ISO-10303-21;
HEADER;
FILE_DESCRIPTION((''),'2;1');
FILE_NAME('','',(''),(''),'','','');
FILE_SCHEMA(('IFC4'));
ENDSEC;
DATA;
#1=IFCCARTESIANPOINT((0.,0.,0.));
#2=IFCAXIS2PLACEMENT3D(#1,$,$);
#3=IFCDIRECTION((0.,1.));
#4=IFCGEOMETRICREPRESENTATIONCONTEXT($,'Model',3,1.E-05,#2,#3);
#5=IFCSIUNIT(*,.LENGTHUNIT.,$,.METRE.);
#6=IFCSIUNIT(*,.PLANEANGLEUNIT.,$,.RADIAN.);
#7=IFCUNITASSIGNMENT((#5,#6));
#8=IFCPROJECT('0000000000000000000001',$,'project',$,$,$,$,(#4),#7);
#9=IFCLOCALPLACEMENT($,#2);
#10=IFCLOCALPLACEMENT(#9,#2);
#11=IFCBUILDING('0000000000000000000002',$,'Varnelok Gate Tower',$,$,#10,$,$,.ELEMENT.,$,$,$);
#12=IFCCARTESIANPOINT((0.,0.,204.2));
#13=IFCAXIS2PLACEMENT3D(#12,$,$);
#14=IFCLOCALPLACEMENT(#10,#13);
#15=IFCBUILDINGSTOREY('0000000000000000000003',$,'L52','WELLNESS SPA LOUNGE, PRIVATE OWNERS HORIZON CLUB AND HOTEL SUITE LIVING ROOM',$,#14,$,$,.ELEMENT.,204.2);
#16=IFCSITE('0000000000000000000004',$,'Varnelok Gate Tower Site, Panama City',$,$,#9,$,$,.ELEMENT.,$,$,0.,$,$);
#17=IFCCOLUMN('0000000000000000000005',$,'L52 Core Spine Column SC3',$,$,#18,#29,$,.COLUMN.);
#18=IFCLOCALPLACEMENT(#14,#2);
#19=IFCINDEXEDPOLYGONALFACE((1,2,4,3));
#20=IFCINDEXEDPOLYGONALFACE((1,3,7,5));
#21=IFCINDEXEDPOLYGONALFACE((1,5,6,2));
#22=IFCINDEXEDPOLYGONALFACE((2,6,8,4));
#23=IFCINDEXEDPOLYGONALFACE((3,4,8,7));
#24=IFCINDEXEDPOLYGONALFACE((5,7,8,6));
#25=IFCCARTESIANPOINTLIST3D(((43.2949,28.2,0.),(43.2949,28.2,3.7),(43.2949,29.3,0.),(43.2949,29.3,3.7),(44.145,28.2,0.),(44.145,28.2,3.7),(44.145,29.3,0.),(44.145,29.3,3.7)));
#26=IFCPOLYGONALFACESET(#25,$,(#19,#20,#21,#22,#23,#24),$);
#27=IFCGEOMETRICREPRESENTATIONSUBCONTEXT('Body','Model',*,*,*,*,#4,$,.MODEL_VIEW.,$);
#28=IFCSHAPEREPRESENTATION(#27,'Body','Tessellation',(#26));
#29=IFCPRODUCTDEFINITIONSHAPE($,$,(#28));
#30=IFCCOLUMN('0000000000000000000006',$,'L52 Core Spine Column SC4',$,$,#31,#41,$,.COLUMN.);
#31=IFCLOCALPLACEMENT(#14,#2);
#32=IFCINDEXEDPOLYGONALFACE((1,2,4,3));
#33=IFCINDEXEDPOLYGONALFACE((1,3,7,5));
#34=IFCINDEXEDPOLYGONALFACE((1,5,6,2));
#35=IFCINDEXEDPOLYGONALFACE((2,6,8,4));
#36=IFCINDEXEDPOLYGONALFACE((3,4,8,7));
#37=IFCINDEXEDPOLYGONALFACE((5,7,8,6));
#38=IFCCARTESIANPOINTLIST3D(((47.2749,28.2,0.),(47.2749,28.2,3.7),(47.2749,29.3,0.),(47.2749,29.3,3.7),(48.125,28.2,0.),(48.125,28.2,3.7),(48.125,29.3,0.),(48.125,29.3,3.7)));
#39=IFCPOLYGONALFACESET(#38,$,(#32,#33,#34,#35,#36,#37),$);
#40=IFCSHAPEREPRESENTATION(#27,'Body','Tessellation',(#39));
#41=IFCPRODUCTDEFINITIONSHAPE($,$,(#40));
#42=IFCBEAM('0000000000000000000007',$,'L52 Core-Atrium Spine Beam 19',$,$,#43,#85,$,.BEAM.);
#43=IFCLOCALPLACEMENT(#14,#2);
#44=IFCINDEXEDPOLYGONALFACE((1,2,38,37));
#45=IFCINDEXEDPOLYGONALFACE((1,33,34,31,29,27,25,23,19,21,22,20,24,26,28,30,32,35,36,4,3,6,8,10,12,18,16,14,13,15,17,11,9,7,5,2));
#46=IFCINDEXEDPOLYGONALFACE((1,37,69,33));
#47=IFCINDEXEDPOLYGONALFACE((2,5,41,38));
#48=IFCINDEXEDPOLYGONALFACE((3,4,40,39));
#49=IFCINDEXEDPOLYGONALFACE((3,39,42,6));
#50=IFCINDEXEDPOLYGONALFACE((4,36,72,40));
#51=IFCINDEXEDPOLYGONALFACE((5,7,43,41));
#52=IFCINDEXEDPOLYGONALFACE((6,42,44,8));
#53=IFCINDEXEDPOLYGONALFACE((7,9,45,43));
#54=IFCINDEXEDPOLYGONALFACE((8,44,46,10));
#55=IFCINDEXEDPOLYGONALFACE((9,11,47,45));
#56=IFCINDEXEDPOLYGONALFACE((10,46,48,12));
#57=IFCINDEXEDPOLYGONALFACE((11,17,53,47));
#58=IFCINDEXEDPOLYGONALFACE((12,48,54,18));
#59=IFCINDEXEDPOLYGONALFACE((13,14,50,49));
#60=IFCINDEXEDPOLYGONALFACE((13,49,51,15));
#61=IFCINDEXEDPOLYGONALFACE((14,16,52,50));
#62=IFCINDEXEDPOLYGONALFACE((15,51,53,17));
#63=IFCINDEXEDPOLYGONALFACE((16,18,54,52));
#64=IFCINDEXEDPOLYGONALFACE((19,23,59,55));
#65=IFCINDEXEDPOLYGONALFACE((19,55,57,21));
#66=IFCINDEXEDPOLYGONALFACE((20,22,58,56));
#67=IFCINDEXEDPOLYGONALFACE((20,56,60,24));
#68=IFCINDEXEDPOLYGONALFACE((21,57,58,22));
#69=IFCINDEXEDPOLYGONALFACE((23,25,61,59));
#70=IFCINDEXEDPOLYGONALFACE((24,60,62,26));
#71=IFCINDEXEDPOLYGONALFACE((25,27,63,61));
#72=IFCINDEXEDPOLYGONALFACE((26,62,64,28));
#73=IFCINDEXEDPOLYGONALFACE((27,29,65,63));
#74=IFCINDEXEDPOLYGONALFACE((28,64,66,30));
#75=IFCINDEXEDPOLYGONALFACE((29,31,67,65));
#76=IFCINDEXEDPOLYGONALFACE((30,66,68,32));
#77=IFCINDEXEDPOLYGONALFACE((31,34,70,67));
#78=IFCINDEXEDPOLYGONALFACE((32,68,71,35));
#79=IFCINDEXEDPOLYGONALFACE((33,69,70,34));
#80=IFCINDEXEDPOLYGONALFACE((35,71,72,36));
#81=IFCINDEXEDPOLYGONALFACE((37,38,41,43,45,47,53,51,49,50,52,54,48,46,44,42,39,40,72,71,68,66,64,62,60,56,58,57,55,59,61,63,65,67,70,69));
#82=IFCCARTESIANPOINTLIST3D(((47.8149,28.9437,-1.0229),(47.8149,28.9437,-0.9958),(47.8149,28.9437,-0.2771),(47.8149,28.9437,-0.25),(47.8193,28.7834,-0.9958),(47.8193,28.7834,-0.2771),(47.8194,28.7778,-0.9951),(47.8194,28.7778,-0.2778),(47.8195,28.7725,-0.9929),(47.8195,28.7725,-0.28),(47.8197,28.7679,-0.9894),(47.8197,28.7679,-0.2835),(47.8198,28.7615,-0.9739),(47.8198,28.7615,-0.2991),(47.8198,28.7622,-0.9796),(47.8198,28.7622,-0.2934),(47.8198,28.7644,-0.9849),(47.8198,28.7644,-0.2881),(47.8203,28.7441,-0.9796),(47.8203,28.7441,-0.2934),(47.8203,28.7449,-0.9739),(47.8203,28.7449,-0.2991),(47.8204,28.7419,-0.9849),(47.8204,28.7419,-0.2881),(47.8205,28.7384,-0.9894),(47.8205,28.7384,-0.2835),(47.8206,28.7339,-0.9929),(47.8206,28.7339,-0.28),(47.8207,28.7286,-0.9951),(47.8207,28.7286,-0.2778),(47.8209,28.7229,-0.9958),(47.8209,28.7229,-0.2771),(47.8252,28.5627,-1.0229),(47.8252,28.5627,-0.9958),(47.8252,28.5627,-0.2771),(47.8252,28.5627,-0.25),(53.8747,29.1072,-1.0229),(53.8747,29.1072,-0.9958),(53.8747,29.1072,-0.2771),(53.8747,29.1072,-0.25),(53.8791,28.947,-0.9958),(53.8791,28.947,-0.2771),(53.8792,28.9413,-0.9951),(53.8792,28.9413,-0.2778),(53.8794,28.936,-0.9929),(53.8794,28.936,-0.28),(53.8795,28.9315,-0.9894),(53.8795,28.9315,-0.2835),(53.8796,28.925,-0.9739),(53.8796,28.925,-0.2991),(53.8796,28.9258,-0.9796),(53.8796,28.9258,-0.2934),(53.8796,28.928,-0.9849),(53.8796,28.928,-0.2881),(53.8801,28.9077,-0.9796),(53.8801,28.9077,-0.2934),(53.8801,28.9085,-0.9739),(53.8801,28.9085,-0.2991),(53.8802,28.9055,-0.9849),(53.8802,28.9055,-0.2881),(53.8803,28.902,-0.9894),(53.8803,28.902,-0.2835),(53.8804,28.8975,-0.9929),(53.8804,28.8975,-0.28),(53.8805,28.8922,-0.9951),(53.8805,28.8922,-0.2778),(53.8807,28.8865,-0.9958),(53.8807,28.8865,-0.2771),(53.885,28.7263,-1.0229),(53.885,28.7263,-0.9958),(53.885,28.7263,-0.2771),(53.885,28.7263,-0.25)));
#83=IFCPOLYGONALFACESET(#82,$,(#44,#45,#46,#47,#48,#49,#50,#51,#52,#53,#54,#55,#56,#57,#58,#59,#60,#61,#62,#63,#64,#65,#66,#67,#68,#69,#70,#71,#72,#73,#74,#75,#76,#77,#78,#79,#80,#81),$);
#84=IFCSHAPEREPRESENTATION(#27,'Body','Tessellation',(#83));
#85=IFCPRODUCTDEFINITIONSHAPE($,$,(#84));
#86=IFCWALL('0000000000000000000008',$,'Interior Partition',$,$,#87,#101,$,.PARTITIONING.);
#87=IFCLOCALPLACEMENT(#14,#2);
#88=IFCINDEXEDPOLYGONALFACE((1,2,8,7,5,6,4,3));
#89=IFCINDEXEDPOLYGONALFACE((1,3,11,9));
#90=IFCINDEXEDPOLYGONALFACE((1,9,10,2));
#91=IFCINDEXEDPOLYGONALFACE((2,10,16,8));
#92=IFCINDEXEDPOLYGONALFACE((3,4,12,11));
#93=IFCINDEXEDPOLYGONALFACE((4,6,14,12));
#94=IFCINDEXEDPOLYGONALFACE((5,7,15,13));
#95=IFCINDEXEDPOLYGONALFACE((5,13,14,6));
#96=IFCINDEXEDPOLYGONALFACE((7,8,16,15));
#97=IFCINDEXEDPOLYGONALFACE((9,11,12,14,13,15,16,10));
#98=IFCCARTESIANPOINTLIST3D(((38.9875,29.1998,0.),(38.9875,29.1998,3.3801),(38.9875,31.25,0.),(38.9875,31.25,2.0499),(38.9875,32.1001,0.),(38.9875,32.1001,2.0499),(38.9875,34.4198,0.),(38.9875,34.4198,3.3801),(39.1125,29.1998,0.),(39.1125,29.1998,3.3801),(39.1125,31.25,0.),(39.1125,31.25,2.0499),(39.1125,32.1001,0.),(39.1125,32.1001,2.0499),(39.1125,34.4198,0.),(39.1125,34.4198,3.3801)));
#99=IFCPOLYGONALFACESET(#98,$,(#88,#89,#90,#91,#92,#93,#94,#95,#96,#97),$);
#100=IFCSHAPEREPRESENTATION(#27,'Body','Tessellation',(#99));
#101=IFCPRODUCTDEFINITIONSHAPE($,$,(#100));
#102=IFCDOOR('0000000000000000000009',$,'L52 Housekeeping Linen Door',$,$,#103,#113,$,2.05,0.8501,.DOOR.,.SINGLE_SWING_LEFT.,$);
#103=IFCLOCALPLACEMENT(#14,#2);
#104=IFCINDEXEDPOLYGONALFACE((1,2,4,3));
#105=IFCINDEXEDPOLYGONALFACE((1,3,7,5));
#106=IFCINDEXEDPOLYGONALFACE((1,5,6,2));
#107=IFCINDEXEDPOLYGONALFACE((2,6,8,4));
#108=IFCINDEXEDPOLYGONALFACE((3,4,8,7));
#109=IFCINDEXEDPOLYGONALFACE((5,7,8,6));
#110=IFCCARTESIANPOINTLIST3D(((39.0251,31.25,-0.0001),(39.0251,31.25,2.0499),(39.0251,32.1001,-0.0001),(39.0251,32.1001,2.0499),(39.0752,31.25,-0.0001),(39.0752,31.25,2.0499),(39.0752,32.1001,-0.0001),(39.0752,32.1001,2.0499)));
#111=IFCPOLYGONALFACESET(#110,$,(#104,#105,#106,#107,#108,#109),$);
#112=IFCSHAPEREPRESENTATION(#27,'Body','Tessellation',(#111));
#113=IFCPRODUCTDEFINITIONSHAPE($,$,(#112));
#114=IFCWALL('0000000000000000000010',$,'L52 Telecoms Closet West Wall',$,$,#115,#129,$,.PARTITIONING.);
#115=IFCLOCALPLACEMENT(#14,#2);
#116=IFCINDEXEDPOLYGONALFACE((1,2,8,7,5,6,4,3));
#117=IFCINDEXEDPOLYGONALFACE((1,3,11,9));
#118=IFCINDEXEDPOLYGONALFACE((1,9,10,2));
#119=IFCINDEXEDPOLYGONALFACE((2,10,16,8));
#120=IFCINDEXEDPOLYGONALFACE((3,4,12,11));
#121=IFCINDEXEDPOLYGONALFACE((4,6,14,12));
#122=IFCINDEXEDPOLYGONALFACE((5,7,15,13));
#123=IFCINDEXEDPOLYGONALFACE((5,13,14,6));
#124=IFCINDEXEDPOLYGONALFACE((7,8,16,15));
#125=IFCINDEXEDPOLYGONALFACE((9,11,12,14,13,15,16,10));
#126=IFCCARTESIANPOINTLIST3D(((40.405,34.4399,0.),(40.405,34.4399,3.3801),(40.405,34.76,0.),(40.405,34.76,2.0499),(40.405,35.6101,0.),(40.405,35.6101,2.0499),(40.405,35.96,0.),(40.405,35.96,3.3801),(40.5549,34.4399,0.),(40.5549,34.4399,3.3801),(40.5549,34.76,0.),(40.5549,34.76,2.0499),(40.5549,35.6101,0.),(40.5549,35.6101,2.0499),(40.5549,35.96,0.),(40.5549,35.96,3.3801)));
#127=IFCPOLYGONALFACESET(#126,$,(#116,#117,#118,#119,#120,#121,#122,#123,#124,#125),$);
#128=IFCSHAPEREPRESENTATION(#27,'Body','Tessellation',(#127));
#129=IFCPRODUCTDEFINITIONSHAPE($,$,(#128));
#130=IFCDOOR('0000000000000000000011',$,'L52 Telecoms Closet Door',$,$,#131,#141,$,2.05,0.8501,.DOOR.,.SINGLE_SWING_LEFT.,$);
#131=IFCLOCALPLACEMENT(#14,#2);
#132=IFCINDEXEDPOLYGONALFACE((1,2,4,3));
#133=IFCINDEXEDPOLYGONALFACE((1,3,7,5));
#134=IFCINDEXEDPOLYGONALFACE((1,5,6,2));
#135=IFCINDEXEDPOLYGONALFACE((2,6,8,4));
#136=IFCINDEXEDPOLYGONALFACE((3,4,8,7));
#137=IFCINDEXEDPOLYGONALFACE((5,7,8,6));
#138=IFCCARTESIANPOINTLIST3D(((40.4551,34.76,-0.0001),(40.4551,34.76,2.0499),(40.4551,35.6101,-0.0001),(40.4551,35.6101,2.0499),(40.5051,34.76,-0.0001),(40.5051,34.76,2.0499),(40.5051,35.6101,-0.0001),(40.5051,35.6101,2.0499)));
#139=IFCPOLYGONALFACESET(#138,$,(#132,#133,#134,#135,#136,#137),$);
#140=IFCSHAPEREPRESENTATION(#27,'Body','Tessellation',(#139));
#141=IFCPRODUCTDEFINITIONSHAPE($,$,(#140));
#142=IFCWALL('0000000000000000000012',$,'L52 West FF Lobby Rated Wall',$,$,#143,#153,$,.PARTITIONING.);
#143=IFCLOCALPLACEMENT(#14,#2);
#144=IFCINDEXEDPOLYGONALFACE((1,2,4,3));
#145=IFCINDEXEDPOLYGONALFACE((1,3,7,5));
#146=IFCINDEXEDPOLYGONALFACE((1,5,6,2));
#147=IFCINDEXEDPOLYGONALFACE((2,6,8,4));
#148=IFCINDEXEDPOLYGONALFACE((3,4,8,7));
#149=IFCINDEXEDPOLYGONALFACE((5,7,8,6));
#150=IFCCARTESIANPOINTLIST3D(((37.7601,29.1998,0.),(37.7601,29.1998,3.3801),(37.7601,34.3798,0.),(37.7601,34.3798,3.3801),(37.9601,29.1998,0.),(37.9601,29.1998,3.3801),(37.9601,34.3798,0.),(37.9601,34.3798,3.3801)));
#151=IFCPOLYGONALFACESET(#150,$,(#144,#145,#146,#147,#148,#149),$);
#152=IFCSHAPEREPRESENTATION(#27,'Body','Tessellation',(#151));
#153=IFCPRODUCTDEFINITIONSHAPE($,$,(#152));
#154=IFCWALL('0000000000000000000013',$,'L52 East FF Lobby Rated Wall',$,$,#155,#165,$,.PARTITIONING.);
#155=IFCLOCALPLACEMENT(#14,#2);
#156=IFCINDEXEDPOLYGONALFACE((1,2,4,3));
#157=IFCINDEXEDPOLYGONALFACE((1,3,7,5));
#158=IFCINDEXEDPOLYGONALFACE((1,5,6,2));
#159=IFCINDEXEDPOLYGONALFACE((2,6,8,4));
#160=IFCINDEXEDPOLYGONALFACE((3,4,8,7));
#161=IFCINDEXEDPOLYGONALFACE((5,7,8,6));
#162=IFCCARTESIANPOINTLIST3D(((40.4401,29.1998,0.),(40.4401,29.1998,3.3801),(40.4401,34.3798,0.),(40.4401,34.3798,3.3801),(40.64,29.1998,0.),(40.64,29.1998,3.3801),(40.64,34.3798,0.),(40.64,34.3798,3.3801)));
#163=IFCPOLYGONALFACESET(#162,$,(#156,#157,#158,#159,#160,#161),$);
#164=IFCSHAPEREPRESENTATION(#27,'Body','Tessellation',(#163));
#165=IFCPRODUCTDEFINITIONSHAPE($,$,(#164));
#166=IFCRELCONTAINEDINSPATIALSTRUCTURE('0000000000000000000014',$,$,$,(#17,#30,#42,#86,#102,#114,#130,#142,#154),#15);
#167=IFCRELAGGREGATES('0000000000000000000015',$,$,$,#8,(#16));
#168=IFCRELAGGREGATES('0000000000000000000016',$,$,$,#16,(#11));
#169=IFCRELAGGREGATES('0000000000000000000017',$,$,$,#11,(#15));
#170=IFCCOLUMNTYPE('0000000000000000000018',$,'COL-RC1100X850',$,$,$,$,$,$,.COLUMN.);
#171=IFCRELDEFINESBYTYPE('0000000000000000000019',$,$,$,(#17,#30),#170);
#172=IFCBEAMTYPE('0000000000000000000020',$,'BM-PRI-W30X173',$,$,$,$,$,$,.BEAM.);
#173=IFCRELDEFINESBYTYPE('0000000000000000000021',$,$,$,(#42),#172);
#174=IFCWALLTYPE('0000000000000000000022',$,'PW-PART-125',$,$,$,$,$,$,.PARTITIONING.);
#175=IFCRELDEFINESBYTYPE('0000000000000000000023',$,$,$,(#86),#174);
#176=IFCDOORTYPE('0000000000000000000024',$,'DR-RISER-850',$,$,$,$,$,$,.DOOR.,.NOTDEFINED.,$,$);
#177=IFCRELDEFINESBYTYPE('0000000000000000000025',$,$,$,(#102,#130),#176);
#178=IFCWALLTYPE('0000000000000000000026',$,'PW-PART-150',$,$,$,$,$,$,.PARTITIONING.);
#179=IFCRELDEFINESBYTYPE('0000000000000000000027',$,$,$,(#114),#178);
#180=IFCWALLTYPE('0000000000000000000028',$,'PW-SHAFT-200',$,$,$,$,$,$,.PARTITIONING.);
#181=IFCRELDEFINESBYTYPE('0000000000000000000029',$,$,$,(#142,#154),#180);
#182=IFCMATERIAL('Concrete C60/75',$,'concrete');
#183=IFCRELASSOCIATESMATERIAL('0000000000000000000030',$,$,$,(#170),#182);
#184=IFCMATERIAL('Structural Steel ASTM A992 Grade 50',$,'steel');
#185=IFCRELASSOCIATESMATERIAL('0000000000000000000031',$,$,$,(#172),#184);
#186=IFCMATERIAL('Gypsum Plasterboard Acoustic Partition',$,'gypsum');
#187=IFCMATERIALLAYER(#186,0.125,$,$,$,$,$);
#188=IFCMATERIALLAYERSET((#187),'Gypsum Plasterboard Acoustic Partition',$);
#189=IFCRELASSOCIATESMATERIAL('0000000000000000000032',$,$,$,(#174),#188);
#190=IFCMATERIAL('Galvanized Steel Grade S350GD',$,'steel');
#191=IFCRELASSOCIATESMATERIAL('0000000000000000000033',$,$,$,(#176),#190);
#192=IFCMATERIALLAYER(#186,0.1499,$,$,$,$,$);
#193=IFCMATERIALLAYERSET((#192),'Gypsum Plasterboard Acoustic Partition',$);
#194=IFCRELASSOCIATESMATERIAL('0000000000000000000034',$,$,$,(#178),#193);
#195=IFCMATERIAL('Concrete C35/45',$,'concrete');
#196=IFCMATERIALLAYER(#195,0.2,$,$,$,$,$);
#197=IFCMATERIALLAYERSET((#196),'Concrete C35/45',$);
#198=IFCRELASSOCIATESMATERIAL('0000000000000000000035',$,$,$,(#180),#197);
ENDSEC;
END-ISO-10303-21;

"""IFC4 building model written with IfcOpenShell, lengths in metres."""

from ifc_helpers import new_model, si_unit, direction, frame, frame_2d, origin, origin_2d, place, context, subcontext, project, spatial, rectangle, i_section, extrude, material, layer, layer_set, material_profile, profile_set, type_object, element, fill, save


model = new_model("IFC4")

# Units and contexts
model_context = context("Model", 3, precision=1e-05, world=origin(), true_north=direction((0.0, 1.0)))
body_context = subcontext(model_context, "Body", "Model", "MODEL_VIEW")
ifc_project = project(units=[si_unit("LENGTHUNIT", "METRE"), si_unit("PLANEANGLEUNIT", "RADIAN")], contexts=[model_context])

# Site, building, storey
site_placement = place(None, origin())
site = spatial("IfcSite", under=ifc_project, at=site_placement, Name="Varnelok Gate Tower Site, Panama City", CompositionType="ELEMENT", RefElevation=0.0)
building_placement = place(site_placement, origin())
building = spatial("IfcBuilding", under=site, at=building_placement, Name="Varnelok Gate Tower", CompositionType="ELEMENT")
storey_placement = place(building_placement, frame((0.0, 0.0, 204.2)))
storey = spatial("IfcBuildingStorey", under=building, at=storey_placement, Name="L52", Description="WELLNESS SPA LOUNGE, PRIVATE OWNERS HORIZON CLUB AND HOTEL SUITE LIVING ROOM", CompositionType="ELEMENT", Elevation=204.2)

# Columns
ifc_material_1 = material(Name="Concrete C60/75", Category="concrete")
ifc_material_profile_1 = material_profile(ifc_material_1, rectangle(XDim=0.8501, YDim=1.1001, at=origin_2d()), Name="RC1100X850")
ifc_profile_set_1 = profile_set([ifc_material_profile_1], Name="Concrete C60/75")
column_type = type_object("IfcColumnType", Name="COL-RC1100X850", PredefinedType="COLUMN", material=ifc_profile_set_1)
for number, where, z_axis, x_axis, name in (
    (1, (43.72, 28.75, 0.0), (0.0, 0.0, 1.0), (1.0, 0.0, 0.0), "L52 Core Spine Column SC3"),
    (2, (47.7, 28.75, 0.0), (0.0, 0.0, 1.0), (1.0, 0.0, 0.0), "L52 Core Spine Column SC4"),
):
    element("IfcColumn", number, at=place(storey_placement, frame(where, z_axis=z_axis, x_axis=x_axis)), inside=storey, type_object=column_type, Name=name, PredefinedType="COLUMN", context=body_context, shape_type="SweptSolid", body=[
        extrude(rectangle(XDim=0.8501, YDim=1.1001, at=origin_2d()), origin(), (0.0, 0.0, 1.0), 3.7),
    ])

# Beam
ifc_material_2 = material(Name="Structural Steel ASTM A992 Grade 50", Category="steel")
ifc_material_profile_2 = material_profile(ifc_material_2, i_section(OverallWidth=0.3811, OverallDepth=0.7729, WebThickness=0.0166, FlangeThickness=0.0271, FilletRadius=0.022, at=origin_2d()), Name="W30X173")
ifc_profile_set_2 = profile_set([ifc_material_profile_2], Name="Structural Steel ASTM A992 Grade 50")
beam_type = type_object("IfcBeamType", Name="BM-PRI-W30X173", PredefinedType="BEAM", material=ifc_profile_set_2)
beam_placement = place(storey_placement, frame((47.8201, 28.7532, -0.6365), z_axis=(0.999636, 0.026983, 0.0), x_axis=(-0.026983, 0.999636, 0.0)))
element("IfcBeam", 3, at=beam_placement, inside=storey, type_object=beam_type, Name="L52 Core-Atrium Spine Beam 19", PredefinedType="BEAM", context=body_context, shape_type="SweptSolid", body=[
    extrude(i_section(OverallWidth=0.3811, OverallDepth=0.7729, WebThickness=0.0166, FlangeThickness=0.0271, FilletRadius=0.022, at=origin_2d()), origin(), (0.0, 0.0, 1.0), 6.062),
])

# Walls, openings, doors
ifc_material_3 = material(Name="Gypsum Plasterboard Acoustic Partition", Category="gypsum")
ifc_layer_1 = layer(ifc_material_3, 0.125)
ifc_layer_set_1 = layer_set([ifc_layer_1], Name="Gypsum Plasterboard Acoustic Partition")
wall_type_1 = type_object("IfcWallType", Name="PW-PART-125", PredefinedType="PARTITIONING", material=ifc_layer_set_1)
wall_1_placement = place(storey_placement, frame((39.05, 29.2, 0.0), z_axis=(0.0, 0.0, 1.0), x_axis=(0.0, 1.0, 0.0)))
wall_1 = element("IfcWall", 4, at=wall_1_placement, inside=storey, type_object=wall_type_1, Name="Interior Partition", PredefinedType="PARTITIONING", context=body_context, shape_type="SweptSolid", body=[
    extrude(rectangle(XDim=5.22, YDim=0.125, at=frame_2d((2.6099, 0.0))), origin(), (0.0, 0.0, 1.0), 3.3801),
])
opening_1_placement = place(wall_1_placement, frame((2.05, 0.0, 0.0)))
opening_1 = element("IfcOpeningElement", 5, at=opening_1_placement, cuts=wall_1, PredefinedType="OPENING", context=body_context, shape_type="SweptSolid", body=[
    extrude(rectangle(XDim=0.8501, YDim=2.05, at=frame_2d((0.425, 1.0249))), frame((0.0, 0.0725, 0.0), z_axis=(0.0, -1.0, 0.0), x_axis=(1.0, 0.0, 0.0)), (0.0, 0.0, 1.0), 0.145),
])
ifc_material_4 = material(Name="Galvanized Steel Grade S350GD", Category="steel")
door_type_1 = type_object("IfcDoorType", Name="DR-RISER-850", OperationType="NOTDEFINED", PredefinedType="DOOR", material=ifc_material_4)
door_1_placement = place(opening_1_placement, origin())
door_1 = element("IfcDoor", 6, at=door_1_placement, inside=storey, type_object=door_type_1, Name="L52 Housekeeping Linen Door", OperationType="SINGLE_SWING_LEFT", OverallHeight=2.05, OverallWidth=0.8501, PredefinedType="DOOR", context=body_context, shape_type="SweptSolid", body=[
    extrude(rectangle(XDim=0.8501, YDim=2.05, at=frame_2d((0.425, 1.0249))), frame((0.0, 0.0249, 0.0), z_axis=(0.0, -1.0, 0.0), x_axis=(1.0, 0.0, 0.0)), (0.0, 0.0, 1.0), 0.05),
])
fill(opening_1, door_1)
ifc_layer_2 = layer(ifc_material_3, 0.1499)
ifc_layer_set_2 = layer_set([ifc_layer_2], Name="Gypsum Plasterboard Acoustic Partition")
wall_type_2 = type_object("IfcWallType", Name="PW-PART-150", PredefinedType="PARTITIONING", material=ifc_layer_set_2)
wall_2_placement = place(storey_placement, frame((40.48, 34.4399, 0.0), z_axis=(0.0, 0.0, 1.0), x_axis=(0.0, 1.0, 0.0)))
wall_2 = element("IfcWall", 7, at=wall_2_placement, inside=storey, type_object=wall_type_2, Name="L52 Telecoms Closet West Wall", PredefinedType="PARTITIONING", context=body_context, shape_type="SweptSolid", body=[
    extrude(rectangle(XDim=1.52, YDim=0.1499, at=frame_2d((0.76, 0.0))), origin(), (0.0, 0.0, 1.0), 3.3801),
])
opening_2_placement = place(wall_2_placement, frame((0.3201, 0.0, 0.0)))
opening_2 = element("IfcOpeningElement", 8, at=opening_2_placement, cuts=wall_2, PredefinedType="OPENING", context=body_context, shape_type="SweptSolid", body=[
    extrude(rectangle(XDim=0.8501, YDim=2.05, at=frame_2d((0.425, 1.0249))), frame((0.0, 0.085, 0.0), z_axis=(0.0, -1.0, 0.0), x_axis=(1.0, 0.0, 0.0)), (0.0, 0.0, 1.0), 0.1699),
])
door_2_placement = place(opening_2_placement, origin())
door_2 = element("IfcDoor", 9, at=door_2_placement, inside=storey, type_object=door_type_1, Name="L52 Telecoms Closet Door", OperationType="SINGLE_SWING_LEFT", OverallHeight=2.05, OverallWidth=0.8501, PredefinedType="DOOR", context=body_context, shape_type="SweptSolid", body=[
    extrude(rectangle(XDim=0.8501, YDim=2.05, at=frame_2d((0.425, 1.0249))), frame((0.0, 0.0249, 0.0), z_axis=(0.0, -1.0, 0.0), x_axis=(1.0, 0.0, 0.0)), (0.0, 0.0, 1.0), 0.05),
])
fill(opening_2, door_2)

# Walls
ifc_material_5 = material(Name="Concrete C35/45", Category="concrete")
ifc_layer_3 = layer(ifc_material_5, 0.2)
ifc_layer_set_3 = layer_set([ifc_layer_3], Name="Concrete C35/45")
wall_type_3 = type_object("IfcWallType", Name="PW-SHAFT-200", PredefinedType="PARTITIONING", material=ifc_layer_set_3)
for number, where, z_axis, x_axis, name in (
    (10, (37.8601, 29.2, 0.0), (0.0, 0.0, 1.0), (0.0, 1.0, 0.0), "L52 West FF Lobby Rated Wall"),
    (11, (40.54, 29.2, 0.0), (0.0, 0.0, 1.0), (0.0, 1.0, 0.0), "L52 East FF Lobby Rated Wall"),
):
    element("IfcWall", number, at=place(storey_placement, frame(where, z_axis=z_axis, x_axis=x_axis)), inside=storey, type_object=wall_type_3, Name=name, PredefinedType="PARTITIONING", context=body_context, shape_type="SweptSolid", body=[
        extrude(rectangle(XDim=5.1799, YDim=0.2, at=frame_2d((2.5898, 0.0))), origin(), (0.0, 0.0, 1.0), 3.3801),
    ])

save(model, "model.ifc")
